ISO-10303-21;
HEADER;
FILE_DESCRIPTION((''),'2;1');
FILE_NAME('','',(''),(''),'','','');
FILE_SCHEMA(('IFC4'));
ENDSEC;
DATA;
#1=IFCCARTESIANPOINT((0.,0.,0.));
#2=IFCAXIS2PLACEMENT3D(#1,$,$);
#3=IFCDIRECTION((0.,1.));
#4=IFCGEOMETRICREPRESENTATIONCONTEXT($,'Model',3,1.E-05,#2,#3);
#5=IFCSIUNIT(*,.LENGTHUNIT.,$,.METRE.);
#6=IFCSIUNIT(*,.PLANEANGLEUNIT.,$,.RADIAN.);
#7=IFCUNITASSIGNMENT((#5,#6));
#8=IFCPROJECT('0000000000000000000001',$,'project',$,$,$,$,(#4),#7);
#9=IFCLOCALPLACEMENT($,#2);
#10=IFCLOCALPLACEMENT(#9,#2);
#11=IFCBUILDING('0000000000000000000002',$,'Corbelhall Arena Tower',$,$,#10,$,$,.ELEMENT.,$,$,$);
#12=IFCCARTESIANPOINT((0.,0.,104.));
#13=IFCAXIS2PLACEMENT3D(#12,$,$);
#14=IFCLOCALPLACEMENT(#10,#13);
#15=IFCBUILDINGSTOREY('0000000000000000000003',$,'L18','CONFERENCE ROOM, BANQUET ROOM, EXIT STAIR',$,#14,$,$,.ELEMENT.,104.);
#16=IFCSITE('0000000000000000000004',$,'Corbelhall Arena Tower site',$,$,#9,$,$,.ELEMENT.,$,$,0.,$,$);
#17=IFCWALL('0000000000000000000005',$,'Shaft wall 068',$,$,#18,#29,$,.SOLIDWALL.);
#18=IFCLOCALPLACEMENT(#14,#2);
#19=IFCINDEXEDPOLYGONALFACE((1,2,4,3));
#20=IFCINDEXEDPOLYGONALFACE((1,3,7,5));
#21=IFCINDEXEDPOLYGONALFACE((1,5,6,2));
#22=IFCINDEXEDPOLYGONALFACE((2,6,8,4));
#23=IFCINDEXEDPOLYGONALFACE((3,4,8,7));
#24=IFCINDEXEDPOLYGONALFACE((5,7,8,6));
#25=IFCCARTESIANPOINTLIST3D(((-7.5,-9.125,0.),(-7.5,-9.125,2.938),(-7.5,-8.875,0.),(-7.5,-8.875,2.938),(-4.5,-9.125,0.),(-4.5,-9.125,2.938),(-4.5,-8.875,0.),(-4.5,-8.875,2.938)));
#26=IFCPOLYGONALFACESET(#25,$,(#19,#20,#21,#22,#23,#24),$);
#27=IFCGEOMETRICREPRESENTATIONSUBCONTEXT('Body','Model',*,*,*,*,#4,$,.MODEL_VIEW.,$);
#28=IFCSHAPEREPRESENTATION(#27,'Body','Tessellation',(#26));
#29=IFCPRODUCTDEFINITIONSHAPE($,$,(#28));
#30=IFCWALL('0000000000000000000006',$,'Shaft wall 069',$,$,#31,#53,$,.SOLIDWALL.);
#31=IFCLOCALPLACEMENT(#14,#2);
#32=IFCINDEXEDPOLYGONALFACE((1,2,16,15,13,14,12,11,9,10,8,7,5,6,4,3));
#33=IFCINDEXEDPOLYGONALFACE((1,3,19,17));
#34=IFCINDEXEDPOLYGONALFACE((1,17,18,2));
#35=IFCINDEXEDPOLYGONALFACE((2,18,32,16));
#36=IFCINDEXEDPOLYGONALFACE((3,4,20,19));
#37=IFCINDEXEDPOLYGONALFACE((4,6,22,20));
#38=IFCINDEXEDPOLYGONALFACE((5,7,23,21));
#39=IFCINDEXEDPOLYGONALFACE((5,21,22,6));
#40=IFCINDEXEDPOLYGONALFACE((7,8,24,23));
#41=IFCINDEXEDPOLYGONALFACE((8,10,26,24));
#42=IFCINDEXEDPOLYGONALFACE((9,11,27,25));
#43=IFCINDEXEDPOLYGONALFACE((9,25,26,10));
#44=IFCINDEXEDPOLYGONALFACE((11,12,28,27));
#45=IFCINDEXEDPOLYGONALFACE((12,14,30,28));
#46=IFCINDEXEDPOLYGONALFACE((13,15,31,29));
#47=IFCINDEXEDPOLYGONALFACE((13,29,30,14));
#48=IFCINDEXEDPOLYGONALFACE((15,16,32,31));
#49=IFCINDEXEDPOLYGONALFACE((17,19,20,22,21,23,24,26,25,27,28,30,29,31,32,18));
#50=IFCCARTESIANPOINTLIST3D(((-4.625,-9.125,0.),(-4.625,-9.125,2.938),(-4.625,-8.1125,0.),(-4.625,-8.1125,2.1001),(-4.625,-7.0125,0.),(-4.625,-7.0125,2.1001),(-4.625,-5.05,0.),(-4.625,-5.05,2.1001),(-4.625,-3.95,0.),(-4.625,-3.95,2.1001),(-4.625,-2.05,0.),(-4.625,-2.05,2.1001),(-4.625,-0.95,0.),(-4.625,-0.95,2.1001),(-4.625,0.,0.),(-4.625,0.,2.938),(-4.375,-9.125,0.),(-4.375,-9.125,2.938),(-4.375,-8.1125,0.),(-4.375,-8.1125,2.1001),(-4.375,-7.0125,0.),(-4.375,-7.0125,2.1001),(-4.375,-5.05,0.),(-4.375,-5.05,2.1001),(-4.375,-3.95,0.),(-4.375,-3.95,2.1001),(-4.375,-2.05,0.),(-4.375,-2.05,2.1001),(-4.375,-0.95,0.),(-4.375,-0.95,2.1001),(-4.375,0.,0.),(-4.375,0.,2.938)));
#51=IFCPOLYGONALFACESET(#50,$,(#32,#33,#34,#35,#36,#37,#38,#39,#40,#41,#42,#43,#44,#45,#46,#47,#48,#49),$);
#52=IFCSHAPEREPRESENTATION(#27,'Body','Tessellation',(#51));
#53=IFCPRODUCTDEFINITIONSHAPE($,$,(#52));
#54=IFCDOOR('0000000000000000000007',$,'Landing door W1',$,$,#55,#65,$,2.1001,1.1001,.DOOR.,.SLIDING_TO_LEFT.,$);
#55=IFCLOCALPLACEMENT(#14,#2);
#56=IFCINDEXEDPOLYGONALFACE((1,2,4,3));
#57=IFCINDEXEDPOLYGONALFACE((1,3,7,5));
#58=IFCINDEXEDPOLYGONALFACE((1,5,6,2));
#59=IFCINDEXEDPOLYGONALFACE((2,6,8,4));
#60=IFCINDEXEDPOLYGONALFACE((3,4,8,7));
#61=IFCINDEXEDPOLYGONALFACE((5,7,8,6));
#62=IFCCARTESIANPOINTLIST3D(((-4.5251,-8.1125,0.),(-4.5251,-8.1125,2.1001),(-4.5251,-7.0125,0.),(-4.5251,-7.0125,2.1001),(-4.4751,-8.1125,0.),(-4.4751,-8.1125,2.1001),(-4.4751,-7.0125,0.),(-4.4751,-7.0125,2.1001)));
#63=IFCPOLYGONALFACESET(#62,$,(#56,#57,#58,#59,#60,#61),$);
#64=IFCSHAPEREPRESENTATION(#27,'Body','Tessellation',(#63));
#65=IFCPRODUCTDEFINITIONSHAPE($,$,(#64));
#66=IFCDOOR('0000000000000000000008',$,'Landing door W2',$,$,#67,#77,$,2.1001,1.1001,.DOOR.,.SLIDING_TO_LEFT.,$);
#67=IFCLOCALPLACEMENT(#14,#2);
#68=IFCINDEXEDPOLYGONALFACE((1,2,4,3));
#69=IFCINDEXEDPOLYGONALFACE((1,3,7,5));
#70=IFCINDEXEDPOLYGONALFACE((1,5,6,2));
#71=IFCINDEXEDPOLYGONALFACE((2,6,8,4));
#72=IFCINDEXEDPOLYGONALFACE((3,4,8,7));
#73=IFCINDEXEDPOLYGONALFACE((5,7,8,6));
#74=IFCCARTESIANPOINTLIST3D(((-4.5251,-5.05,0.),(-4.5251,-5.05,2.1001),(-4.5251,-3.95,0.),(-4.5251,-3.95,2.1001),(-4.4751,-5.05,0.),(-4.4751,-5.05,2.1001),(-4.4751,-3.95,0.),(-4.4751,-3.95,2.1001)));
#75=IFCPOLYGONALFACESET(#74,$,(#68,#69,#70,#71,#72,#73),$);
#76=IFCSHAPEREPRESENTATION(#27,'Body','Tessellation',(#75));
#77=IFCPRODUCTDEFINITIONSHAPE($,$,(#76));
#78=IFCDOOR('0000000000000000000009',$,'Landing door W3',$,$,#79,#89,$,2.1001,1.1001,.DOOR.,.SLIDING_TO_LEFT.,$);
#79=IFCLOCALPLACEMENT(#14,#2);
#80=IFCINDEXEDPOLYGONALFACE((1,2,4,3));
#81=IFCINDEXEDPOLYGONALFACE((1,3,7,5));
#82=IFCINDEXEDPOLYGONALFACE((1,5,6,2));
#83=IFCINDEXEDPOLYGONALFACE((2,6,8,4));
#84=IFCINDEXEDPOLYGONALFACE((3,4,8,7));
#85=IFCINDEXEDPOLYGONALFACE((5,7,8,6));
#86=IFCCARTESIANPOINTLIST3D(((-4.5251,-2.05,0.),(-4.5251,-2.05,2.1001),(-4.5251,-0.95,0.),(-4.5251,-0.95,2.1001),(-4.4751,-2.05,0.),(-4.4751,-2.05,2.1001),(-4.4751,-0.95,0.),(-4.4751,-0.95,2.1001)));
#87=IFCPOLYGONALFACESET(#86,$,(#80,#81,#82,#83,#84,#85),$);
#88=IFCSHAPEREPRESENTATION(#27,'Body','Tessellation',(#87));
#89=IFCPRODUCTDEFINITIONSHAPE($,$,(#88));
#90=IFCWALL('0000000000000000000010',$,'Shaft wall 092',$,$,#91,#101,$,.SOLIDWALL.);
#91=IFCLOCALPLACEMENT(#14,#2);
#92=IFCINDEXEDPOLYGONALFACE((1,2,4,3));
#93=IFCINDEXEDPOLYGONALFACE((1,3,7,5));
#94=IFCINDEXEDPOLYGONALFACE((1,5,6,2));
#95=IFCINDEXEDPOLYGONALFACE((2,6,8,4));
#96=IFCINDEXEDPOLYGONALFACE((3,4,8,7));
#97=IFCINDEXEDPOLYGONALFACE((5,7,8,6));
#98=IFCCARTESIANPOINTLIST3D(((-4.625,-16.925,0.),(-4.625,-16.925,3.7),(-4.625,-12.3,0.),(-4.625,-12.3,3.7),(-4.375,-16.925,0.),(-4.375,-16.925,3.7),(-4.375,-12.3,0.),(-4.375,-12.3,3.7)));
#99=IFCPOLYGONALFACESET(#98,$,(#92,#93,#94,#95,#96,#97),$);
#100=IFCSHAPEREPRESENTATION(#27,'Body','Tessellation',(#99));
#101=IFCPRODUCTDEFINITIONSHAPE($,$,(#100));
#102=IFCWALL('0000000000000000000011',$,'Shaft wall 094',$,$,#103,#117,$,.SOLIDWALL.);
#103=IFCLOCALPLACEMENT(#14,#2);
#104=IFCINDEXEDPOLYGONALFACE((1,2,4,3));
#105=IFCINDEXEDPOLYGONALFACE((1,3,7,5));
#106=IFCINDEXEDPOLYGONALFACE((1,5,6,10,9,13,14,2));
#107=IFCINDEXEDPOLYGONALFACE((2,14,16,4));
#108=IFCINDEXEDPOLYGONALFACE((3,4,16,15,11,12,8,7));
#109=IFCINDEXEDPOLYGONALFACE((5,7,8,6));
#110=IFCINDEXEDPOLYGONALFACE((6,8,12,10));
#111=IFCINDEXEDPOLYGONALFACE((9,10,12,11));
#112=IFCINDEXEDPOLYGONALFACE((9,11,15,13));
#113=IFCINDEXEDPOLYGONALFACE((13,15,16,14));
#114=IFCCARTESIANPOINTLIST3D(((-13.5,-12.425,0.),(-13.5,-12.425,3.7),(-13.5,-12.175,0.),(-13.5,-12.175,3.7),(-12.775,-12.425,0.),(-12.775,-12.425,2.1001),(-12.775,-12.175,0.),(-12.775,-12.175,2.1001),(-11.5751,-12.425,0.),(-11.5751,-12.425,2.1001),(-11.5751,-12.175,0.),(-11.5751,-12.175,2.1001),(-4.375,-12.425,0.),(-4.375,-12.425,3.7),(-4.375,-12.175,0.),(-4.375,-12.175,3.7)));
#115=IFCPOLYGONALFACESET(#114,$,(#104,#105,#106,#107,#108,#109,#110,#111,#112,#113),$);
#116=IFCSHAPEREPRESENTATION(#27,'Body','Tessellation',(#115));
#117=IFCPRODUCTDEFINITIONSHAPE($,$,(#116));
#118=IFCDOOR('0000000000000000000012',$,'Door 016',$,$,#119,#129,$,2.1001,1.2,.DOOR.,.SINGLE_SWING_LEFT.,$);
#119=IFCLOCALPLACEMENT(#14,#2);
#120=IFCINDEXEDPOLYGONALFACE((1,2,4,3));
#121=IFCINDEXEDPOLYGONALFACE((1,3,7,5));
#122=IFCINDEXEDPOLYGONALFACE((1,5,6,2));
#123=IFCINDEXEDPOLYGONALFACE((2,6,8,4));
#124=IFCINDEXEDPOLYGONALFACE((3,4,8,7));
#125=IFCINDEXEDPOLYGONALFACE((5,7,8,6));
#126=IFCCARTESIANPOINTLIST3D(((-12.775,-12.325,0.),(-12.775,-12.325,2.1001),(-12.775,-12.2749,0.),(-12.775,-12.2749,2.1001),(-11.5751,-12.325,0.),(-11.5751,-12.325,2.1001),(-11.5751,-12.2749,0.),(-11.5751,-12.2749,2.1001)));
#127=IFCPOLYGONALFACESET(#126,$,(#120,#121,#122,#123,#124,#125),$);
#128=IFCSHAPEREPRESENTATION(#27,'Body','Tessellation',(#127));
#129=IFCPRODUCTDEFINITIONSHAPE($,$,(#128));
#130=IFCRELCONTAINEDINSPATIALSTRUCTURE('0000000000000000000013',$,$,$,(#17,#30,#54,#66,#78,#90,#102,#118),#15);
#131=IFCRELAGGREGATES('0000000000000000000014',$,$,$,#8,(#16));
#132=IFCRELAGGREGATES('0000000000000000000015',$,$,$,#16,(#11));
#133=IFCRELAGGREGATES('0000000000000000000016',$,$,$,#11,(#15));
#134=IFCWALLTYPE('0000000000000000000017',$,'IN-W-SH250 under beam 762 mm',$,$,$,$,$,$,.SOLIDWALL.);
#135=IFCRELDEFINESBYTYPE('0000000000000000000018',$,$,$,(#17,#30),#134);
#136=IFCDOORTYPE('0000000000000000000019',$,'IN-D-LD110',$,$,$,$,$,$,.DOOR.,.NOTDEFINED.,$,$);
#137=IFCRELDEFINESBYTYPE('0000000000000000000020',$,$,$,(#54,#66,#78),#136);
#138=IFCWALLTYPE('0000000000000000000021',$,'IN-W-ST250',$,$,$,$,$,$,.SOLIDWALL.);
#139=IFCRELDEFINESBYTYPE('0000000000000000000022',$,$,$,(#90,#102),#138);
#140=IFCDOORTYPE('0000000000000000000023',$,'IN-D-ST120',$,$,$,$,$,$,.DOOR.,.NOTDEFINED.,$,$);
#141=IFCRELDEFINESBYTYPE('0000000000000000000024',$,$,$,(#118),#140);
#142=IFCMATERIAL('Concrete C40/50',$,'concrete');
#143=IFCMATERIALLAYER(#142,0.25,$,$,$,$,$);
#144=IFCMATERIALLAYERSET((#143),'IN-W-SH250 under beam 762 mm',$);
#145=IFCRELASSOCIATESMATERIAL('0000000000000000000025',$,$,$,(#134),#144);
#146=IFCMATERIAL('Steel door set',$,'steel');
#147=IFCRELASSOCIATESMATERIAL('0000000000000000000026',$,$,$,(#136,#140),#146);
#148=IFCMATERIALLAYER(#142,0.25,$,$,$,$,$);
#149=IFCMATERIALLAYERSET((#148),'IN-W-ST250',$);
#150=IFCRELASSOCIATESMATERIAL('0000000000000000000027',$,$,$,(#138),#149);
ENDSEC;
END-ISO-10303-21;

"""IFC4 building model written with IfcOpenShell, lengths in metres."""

from ifc_helpers import new_model, si_unit, direction, frame, frame_2d, origin, place, context, subcontext, project, spatial, rectangle, extrude, material, layer, layer_set, type_object, element, fill, save


model = new_model("IFC4")

# Units and contexts
model_context = context("Model", 3, precision=1e-05, world=origin(), true_north=direction((0.0, 1.0)))
body_context = subcontext(model_context, "Body", "Model", "MODEL_VIEW")
ifc_project = project(units=[si_unit("LENGTHUNIT", "METRE"), si_unit("PLANEANGLEUNIT", "RADIAN")], contexts=[model_context])

# Site, building, storey
site_placement = place(None, origin())
site = spatial("IfcSite", under=ifc_project, at=site_placement, Name="Corbelhall Arena Tower site", CompositionType="ELEMENT", RefElevation=0.0)
building_placement = place(site_placement, origin())
building = spatial("IfcBuilding", under=site, at=building_placement, Name="Corbelhall Arena Tower", CompositionType="ELEMENT")
storey_placement = place(building_placement, frame((0.0, 0.0, 104.0)))
storey = spatial("IfcBuildingStorey", under=building, at=storey_placement, Name="L18", Description="CONFERENCE ROOM, BANQUET ROOM, EXIT STAIR", CompositionType="ELEMENT", Elevation=104.0)

# Shared definitions
ifc_material_1 = material(Name="Concrete C40/50", Category="concrete")

# Wall
ifc_layer_1 = layer(ifc_material_1, 0.25)
ifc_layer_set_1 = layer_set([ifc_layer_1], Name="IN-W-SH250 under beam 762 mm")
wall_type_1 = type_object("IfcWallType", Name="IN-W-SH250 under beam 762 mm", PredefinedType="SOLIDWALL", material=ifc_layer_set_1)
wall_1_placement = place(storey_placement, frame((-4.5, -9.0, 0.0), z_axis=(0.0, 0.0, 1.0), x_axis=(-1.0, 0.0, 0.0)))
element("IfcWall", 1, at=wall_1_placement, inside=storey, type_object=wall_type_1, Name="Shaft wall 068", PredefinedType="SOLIDWALL", context=body_context, shape_type="SweptSolid", body=[
    extrude(rectangle(XDim=3.0, YDim=0.25, at=frame_2d((1.5, 0.0))), origin(), (0.0, 0.0, 1.0), 2.938),
])

# Wall, openings, doors
wall_2_placement = place(storey_placement, frame((-4.5, 0.0, 0.0), z_axis=(0.0, 0.0, 1.0), x_axis=(0.0, -1.0, 0.0)))
wall_2 = element("IfcWall", 2, at=wall_2_placement, inside=storey, type_object=wall_type_1, Name="Shaft wall 069", PredefinedType="SOLIDWALL", context=body_context, shape_type="SweptSolid", body=[
    extrude(rectangle(XDim=9.125, YDim=0.25, at=frame_2d((4.5625, 0.0))), origin(), (0.0, 0.0, 1.0), 2.938),
])
opening_1_placement = place(wall_2_placement, frame((7.0125, 0.0, 0.0)))
opening_1 = element("IfcOpeningElement", 3, at=opening_1_placement, cuts=wall_2, PredefinedType="OPENING", context=body_context, shape_type="SweptSolid", body=[
    extrude(rectangle(XDim=1.1001, YDim=2.1001, at=frame_2d((0.55, 1.05))), frame((0.0, 0.125, 0.0), z_axis=(0.0, -1.0, 0.0), x_axis=(1.0, 0.0, 0.0)), (0.0, 0.0, 1.0), 0.25),
])
opening_2_placement = place(wall_2_placement, frame((3.95, 0.0, 0.0)))
opening_2 = element("IfcOpeningElement", 4, at=opening_2_placement, cuts=wall_2, PredefinedType="OPENING", context=body_context, shape_type="SweptSolid", body=[
    extrude(rectangle(XDim=1.1001, YDim=2.1001, at=frame_2d((0.55, 1.05))), frame((0.0, 0.125, 0.0), z_axis=(0.0, -1.0, 0.0), x_axis=(1.0, 0.0, 0.0)), (0.0, 0.0, 1.0), 0.25),
])
opening_3_placement = place(wall_2_placement, frame((0.95, 0.0, 0.0)))
opening_3 = element("IfcOpeningElement", 5, at=opening_3_placement, cuts=wall_2, PredefinedType="OPENING", context=body_context, shape_type="SweptSolid", body=[
    extrude(rectangle(XDim=1.1001, YDim=2.1001, at=frame_2d((0.55, 1.05))), frame((0.0, 0.125, 0.0), z_axis=(0.0, -1.0, 0.0), x_axis=(1.0, 0.0, 0.0)), (0.0, 0.0, 1.0), 0.25),
])
ifc_material_2 = material(Name="Steel door set", Category="steel")
door_type_1 = type_object("IfcDoorType", Name="IN-D-LD110", OperationType="NOTDEFINED", PredefinedType="DOOR", material=ifc_material_2)
door_1_placement = place(opening_1_placement, origin())
door_1 = element("IfcDoor", 6, at=door_1_placement, inside=storey, type_object=door_type_1, Name="Landing door W1", OperationType="SLIDING_TO_LEFT", OverallHeight=2.1001, OverallWidth=1.1001, PredefinedType="DOOR", context=body_context, shape_type="SweptSolid", body=[
    extrude(rectangle(XDim=1.1001, YDim=2.1001, at=frame_2d((0.55, 1.05))), frame((0.0, 0.0249, 0.0), z_axis=(0.0, -1.0, 0.0), x_axis=(1.0, 0.0, 0.0)), (0.0, 0.0, 1.0), 0.05),
])
fill(opening_1, door_1)
door_2_placement = place(opening_2_placement, origin())
door_2 = element("IfcDoor", 7, at=door_2_placement, inside=storey, type_object=door_type_1, Name="Landing door W2", OperationType="SLIDING_TO_LEFT", OverallHeight=2.1001, OverallWidth=1.1001, PredefinedType="DOOR", context=body_context, shape_type="SweptSolid", body=[
    extrude(rectangle(XDim=1.1001, YDim=2.1001, at=frame_2d((0.55, 1.05))), frame((0.0, 0.0249, 0.0), z_axis=(0.0, -1.0, 0.0), x_axis=(1.0, 0.0, 0.0)), (0.0, 0.0, 1.0), 0.05),
])
fill(opening_2, door_2)
door_3_placement = place(opening_3_placement, origin())
door_3 = element("IfcDoor", 8, at=door_3_placement, inside=storey, type_object=door_type_1, Name="Landing door W3", OperationType="SLIDING_TO_LEFT", OverallHeight=2.1001, OverallWidth=1.1001, PredefinedType="DOOR", context=body_context, shape_type="SweptSolid", body=[
    extrude(rectangle(XDim=1.1001, YDim=2.1001, at=frame_2d((0.55, 1.05))), frame((0.0, 0.0249, 0.0), z_axis=(0.0, -1.0, 0.0), x_axis=(1.0, 0.0, 0.0)), (0.0, 0.0, 1.0), 0.05),
])
fill(opening_3, door_3)

# Wall
ifc_layer_2 = layer(ifc_material_1, 0.25)
ifc_layer_set_2 = layer_set([ifc_layer_2], Name="IN-W-ST250")
wall_type_2 = type_object("IfcWallType", Name="IN-W-ST250", PredefinedType="SOLIDWALL", material=ifc_layer_set_2)
wall_3_placement = place(storey_placement, frame((-4.5, -12.3, 0.0), z_axis=(0.0, 0.0, 1.0), x_axis=(0.0, -1.0, 0.0)))
element("IfcWall", 9, at=wall_3_placement, inside=storey, type_object=wall_type_2, Name="Shaft wall 092", PredefinedType="SOLIDWALL", context=body_context, shape_type="SweptSolid", body=[
    extrude(rectangle(XDim=4.625, YDim=0.25, at=frame_2d((2.3125, 0.0))), origin(), (0.0, 0.0, 1.0), 3.7),
])

# Wall, opening, door
wall_4_placement = place(storey_placement, frame((-4.375, -12.3, 0.0), z_axis=(0.0, 0.0, 1.0), x_axis=(-1.0, 0.0, 0.0)))
wall_4 = element("IfcWall", 10, at=wall_4_placement, inside=storey, type_object=wall_type_2, Name="Shaft wall 094", PredefinedType="SOLIDWALL", context=body_context, shape_type="SweptSolid", body=[
    extrude(rectangle(XDim=9.125, YDim=0.25, at=frame_2d((4.5625, 0.0))), origin(), (0.0, 0.0, 1.0), 3.7),
])
opening_4_placement = place(wall_4_placement, frame((7.2, 0.0, 0.0)))
opening_4 = element("IfcOpeningElement", 11, at=opening_4_placement, cuts=wall_4, PredefinedType="OPENING", context=body_context, shape_type="SweptSolid", body=[
    extrude(rectangle(XDim=1.2, YDim=2.1001, at=frame_2d((0.6001, 1.05))), frame((0.0, 0.125, 0.0), z_axis=(0.0, -1.0, 0.0), x_axis=(1.0, 0.0, 0.0)), (0.0, 0.0, 1.0), 0.25),
])
door_type_2 = type_object("IfcDoorType", Name="IN-D-ST120", OperationType="NOTDEFINED", PredefinedType="DOOR", material=ifc_material_2)
door_4_placement = place(opening_4_placement, origin())
door_4 = element("IfcDoor", 12, at=door_4_placement, inside=storey, type_object=door_type_2, Name="Door 016", OperationType="SINGLE_SWING_LEFT", OverallHeight=2.1001, OverallWidth=1.2, PredefinedType="DOOR", context=body_context, shape_type="SweptSolid", body=[
    extrude(rectangle(XDim=1.2, YDim=2.1001, at=frame_2d((0.6001, 1.05))), frame((0.0, 0.0249, 0.0), z_axis=(0.0, -1.0, 0.0), x_axis=(1.0, 0.0, 0.0)), (0.0, 0.0, 1.0), 0.05),
])
fill(opening_4, door_4)

save(model, "model.ifc")
